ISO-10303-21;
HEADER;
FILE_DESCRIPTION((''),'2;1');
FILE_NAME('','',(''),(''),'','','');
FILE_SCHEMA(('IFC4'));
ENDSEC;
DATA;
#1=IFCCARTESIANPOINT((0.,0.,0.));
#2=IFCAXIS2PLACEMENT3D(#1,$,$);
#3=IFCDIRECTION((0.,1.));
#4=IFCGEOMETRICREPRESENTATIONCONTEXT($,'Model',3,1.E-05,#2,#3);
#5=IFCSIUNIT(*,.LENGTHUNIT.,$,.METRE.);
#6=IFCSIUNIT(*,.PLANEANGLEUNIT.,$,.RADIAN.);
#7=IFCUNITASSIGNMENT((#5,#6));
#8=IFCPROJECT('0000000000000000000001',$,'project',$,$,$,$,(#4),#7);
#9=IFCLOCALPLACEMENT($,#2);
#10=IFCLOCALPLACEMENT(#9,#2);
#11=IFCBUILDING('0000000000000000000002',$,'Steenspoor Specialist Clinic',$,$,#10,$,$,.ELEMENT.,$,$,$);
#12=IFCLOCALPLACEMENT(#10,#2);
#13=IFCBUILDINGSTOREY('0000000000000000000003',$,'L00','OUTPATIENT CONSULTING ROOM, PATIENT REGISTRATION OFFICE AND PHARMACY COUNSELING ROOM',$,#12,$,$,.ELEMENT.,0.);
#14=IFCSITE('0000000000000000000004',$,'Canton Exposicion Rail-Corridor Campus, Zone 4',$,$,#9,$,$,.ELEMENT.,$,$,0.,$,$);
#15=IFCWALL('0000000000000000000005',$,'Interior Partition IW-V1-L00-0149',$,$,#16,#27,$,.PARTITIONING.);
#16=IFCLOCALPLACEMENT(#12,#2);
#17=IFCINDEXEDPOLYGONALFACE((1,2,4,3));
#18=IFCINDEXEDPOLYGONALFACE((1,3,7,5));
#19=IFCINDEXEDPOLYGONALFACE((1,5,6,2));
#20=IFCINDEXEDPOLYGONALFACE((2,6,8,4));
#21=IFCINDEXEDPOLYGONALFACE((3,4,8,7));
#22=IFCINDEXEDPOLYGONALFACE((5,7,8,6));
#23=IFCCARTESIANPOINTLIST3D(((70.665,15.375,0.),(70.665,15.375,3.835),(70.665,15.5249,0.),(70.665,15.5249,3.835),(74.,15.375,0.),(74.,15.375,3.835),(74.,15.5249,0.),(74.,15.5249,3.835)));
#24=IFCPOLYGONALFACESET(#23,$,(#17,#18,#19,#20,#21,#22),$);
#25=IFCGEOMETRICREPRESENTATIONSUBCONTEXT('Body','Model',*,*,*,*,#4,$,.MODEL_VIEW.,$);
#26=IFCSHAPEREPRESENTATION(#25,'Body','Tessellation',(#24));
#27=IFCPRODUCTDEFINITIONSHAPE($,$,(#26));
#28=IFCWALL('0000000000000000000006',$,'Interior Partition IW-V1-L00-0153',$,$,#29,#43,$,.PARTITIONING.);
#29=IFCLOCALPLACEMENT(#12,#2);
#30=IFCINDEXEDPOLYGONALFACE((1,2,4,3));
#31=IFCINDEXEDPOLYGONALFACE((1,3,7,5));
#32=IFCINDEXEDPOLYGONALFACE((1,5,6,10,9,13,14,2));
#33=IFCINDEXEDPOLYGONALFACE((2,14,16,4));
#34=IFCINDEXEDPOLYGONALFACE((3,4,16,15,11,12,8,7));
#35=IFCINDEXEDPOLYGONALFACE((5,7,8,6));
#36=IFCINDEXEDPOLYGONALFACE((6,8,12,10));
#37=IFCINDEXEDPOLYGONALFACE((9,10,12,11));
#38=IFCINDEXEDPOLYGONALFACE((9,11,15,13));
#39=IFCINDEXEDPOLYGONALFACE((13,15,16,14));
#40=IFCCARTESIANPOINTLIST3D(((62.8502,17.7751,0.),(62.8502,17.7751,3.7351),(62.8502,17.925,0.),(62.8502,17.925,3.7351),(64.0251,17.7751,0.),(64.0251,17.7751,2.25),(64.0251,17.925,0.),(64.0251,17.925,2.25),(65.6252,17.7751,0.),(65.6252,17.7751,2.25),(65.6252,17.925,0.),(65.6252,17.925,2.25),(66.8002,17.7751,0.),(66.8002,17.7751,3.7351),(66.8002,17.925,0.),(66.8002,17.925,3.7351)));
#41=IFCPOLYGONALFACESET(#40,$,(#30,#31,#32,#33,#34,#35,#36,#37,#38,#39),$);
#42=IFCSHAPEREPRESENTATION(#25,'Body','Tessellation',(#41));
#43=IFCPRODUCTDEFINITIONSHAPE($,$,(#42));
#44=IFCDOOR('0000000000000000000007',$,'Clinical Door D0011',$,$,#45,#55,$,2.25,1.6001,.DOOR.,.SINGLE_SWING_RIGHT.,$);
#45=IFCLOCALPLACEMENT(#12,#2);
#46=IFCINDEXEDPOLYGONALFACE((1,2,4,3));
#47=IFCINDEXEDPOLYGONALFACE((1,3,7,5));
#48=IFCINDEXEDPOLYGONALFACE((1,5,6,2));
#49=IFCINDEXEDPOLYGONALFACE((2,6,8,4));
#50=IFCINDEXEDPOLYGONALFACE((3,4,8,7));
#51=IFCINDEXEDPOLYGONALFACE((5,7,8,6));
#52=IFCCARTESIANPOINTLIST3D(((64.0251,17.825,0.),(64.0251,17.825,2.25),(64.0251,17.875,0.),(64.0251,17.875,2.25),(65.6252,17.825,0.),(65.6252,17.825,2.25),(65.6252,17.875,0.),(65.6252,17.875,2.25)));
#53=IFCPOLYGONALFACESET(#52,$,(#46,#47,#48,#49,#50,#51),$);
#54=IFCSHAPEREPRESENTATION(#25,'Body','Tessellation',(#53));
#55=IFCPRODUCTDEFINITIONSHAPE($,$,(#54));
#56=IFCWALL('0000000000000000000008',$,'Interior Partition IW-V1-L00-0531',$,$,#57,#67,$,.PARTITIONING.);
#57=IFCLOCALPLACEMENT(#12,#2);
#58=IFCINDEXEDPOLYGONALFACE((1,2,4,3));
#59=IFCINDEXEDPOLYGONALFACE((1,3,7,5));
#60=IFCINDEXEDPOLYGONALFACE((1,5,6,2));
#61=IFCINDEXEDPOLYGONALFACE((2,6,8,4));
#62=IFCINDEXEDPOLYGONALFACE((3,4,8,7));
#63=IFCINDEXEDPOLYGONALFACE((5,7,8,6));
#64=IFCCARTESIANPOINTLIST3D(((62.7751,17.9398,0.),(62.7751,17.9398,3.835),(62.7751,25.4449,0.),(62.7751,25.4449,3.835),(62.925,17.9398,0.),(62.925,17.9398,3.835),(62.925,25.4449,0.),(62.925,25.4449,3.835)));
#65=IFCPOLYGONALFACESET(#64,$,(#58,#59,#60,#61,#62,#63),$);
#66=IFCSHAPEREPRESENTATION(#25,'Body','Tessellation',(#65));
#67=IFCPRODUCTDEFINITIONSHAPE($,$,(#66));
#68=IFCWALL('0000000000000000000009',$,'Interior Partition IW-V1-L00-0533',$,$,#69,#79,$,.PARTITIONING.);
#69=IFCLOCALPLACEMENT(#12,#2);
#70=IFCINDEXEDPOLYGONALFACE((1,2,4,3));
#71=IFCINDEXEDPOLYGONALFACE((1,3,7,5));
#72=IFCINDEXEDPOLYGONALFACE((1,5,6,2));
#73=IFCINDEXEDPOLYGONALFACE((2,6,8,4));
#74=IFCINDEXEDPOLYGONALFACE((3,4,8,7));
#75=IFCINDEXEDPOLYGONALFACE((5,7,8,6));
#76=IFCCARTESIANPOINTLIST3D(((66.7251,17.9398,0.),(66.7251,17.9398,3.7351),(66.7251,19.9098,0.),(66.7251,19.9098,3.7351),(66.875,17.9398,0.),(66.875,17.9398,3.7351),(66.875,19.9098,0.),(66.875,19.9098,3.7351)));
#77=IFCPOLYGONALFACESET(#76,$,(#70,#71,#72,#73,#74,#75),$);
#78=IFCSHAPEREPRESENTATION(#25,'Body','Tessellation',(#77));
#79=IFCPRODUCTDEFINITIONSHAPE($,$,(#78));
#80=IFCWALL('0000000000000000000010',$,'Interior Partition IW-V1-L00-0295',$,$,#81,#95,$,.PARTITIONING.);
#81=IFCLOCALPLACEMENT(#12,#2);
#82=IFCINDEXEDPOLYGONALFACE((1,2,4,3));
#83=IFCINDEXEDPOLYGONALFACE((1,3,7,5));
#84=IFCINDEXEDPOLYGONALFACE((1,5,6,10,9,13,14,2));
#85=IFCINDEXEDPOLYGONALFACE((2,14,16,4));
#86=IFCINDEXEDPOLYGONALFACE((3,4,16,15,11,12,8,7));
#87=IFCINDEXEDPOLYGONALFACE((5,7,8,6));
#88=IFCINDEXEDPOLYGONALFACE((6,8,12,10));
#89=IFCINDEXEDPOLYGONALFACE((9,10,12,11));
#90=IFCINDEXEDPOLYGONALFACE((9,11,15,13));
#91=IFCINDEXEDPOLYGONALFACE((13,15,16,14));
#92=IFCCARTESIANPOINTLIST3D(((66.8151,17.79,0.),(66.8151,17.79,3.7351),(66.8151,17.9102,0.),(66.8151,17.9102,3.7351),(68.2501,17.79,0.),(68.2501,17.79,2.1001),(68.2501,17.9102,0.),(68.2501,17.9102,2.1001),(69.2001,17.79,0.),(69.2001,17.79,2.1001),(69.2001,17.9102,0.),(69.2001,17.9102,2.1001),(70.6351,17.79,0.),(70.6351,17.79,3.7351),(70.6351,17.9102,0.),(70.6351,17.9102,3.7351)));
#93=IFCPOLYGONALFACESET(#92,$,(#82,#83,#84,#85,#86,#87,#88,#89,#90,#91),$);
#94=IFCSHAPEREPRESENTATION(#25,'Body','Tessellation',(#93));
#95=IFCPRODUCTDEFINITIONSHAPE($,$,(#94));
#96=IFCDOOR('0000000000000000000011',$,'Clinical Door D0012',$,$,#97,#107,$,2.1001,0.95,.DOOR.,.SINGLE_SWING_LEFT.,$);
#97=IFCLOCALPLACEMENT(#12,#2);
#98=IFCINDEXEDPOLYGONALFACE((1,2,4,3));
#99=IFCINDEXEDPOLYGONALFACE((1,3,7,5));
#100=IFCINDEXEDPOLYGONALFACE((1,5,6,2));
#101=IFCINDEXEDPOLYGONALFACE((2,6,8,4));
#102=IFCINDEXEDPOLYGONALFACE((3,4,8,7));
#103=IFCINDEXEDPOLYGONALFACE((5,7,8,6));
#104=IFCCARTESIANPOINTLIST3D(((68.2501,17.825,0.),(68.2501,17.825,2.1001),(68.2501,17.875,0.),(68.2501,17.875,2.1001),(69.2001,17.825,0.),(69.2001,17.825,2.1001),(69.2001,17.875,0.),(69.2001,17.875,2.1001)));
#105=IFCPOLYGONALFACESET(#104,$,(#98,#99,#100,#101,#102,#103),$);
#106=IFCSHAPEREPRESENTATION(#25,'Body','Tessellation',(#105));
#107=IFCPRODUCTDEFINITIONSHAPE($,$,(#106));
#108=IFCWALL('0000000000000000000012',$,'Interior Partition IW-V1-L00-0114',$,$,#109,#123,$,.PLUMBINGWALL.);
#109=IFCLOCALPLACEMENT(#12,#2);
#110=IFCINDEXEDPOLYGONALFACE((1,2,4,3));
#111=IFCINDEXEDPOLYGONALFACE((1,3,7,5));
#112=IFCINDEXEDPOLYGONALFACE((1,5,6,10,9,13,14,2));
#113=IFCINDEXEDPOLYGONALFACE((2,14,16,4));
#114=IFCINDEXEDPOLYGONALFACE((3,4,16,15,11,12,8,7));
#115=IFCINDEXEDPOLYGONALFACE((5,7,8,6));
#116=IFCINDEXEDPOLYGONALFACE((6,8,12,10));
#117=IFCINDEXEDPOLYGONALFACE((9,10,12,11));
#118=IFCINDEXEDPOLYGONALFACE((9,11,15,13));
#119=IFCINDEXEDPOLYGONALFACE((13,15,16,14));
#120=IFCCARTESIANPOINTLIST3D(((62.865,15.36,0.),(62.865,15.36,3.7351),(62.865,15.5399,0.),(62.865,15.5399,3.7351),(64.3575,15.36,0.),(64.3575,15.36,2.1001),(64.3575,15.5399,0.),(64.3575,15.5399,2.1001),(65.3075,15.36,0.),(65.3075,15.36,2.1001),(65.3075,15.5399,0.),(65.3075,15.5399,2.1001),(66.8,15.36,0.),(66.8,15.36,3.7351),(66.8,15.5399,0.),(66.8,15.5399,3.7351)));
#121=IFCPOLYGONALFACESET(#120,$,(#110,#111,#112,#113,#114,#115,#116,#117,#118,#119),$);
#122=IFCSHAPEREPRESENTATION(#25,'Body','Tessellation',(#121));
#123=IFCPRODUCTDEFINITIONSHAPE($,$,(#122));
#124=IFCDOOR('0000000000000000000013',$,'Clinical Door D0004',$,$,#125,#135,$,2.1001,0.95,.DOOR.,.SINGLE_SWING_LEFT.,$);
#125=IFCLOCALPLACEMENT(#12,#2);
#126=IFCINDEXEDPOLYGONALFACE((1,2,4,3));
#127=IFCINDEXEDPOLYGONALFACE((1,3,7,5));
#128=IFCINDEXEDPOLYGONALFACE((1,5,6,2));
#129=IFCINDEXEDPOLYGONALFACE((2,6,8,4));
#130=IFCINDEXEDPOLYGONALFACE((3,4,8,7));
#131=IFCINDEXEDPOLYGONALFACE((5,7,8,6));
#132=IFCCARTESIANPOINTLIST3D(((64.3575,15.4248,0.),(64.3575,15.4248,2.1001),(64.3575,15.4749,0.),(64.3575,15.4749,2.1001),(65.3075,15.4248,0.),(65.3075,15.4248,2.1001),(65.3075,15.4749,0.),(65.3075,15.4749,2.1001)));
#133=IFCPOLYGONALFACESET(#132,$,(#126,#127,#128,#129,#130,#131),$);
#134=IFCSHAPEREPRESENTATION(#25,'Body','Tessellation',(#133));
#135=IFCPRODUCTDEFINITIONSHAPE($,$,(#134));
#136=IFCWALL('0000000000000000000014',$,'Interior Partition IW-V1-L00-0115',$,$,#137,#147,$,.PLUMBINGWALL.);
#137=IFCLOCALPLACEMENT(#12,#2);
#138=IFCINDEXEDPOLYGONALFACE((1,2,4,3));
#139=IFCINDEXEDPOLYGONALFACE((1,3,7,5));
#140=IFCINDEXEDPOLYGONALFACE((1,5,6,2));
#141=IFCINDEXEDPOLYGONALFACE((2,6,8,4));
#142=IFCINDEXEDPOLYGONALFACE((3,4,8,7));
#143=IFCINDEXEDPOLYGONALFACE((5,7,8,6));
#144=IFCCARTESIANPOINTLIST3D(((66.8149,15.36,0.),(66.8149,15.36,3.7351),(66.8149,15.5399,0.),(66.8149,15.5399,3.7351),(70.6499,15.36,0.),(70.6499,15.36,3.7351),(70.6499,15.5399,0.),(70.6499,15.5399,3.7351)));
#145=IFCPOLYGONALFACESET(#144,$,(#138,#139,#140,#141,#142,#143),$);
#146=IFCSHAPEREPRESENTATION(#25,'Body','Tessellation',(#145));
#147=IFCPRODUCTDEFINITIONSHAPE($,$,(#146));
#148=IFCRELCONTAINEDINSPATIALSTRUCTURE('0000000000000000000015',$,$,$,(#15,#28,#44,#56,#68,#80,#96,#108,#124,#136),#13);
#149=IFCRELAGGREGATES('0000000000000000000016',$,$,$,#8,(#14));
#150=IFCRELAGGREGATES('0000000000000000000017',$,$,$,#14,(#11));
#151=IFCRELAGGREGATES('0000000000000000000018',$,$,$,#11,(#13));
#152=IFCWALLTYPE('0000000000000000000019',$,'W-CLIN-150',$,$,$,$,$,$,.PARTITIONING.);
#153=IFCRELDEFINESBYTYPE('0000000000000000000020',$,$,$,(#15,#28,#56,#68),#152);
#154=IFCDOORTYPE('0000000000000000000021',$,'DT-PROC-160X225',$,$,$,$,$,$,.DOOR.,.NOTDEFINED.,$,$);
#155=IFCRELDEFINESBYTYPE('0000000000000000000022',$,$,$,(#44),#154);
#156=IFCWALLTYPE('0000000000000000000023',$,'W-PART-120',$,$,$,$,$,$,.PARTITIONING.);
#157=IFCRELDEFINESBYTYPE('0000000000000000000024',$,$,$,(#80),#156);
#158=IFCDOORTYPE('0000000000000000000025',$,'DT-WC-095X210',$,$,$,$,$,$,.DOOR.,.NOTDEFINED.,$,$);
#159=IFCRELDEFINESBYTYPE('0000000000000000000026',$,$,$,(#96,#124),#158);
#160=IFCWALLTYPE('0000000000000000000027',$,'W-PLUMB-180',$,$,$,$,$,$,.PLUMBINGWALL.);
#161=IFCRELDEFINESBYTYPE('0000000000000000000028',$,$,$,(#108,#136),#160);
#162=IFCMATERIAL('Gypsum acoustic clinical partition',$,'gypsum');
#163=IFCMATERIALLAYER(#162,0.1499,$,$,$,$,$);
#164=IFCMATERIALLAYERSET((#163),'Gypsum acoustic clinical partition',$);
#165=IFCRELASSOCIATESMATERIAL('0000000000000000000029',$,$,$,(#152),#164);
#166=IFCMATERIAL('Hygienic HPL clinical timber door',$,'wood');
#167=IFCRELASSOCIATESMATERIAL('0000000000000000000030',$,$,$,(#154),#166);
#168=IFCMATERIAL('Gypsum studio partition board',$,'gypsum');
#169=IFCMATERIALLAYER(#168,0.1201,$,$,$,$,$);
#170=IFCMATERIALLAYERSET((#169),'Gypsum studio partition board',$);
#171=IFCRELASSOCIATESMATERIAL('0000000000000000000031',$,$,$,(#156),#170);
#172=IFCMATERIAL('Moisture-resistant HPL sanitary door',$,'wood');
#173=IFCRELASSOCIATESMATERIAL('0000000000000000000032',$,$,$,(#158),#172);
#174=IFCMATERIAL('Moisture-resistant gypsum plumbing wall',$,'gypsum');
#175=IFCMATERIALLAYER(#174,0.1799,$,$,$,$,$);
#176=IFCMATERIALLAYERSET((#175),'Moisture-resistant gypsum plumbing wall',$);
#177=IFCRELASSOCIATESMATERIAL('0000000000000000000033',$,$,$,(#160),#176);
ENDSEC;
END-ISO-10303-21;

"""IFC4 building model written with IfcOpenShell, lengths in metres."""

from ifc_helpers import new_model, si_unit, direction, frame, frame_2d, origin, place, context, subcontext, project, spatial, rectangle, extrude, material, layer, layer_set, type_object, element, fill, save


model = new_model("IFC4")

# Units and contexts
model_context = context("Model", 3, precision=1e-05, world=origin(), true_north=direction((0.0, 1.0)))
body_context = subcontext(model_context, "Body", "Model", "MODEL_VIEW")
ifc_project = project(units=[si_unit("LENGTHUNIT", "METRE"), si_unit("PLANEANGLEUNIT", "RADIAN")], contexts=[model_context])

# Site, building, storey
site_placement = place(None, origin())
site = spatial("IfcSite", under=ifc_project, at=site_placement, Name="Canton Exposicion Rail-Corridor Campus, Zone 4", CompositionType="ELEMENT", RefElevation=0.0)
building_placement = place(site_placement, origin())
building = spatial("IfcBuilding", under=site, at=building_placement, Name="Steenspoor Specialist Clinic", CompositionType="ELEMENT")
storey_placement = place(building_placement, origin())
storey = spatial("IfcBuildingStorey", under=building, at=storey_placement, Name="L00", Description="OUTPATIENT CONSULTING ROOM, PATIENT REGISTRATION OFFICE AND PHARMACY COUNSELING ROOM", CompositionType="ELEMENT", Elevation=0.0)

# Wall
ifc_material_1 = material(Name="Gypsum acoustic clinical partition", Category="gypsum")
ifc_layer_1 = layer(ifc_material_1, 0.1499)
ifc_layer_set_1 = layer_set([ifc_layer_1], Name="Gypsum acoustic clinical partition")
wall_type_1 = type_object("IfcWallType", Name="W-CLIN-150", PredefinedType="PARTITIONING", material=ifc_layer_set_1)
wall_1_placement = place(storey_placement, frame((70.665, 15.45, 0.0), z_axis=(0.0, 0.0, 1.0), x_axis=(1.0, 0.0, 0.0)))
element("IfcWall", 1, at=wall_1_placement, inside=storey, type_object=wall_type_1, Name="Interior Partition IW-V1-L00-0149", PredefinedType="PARTITIONING", context=body_context, shape_type="SweptSolid", body=[
    extrude(rectangle(XDim=3.335, YDim=0.1499, at=frame_2d((1.6675, 0.0))), origin(), (0.0, 0.0, 1.0), 3.835),
])

# Wall, opening, door
wall_2_placement = place(storey_placement, frame((62.8501, 17.8501, 0.0), z_axis=(0.0, 0.0, 1.0), x_axis=(1.0, 0.0, 0.0)))
wall_2 = element("IfcWall", 2, at=wall_2_placement, inside=storey, type_object=wall_type_1, Name="Interior Partition IW-V1-L00-0153", PredefinedType="PARTITIONING", context=body_context, shape_type="SweptSolid", body=[
    extrude(rectangle(XDim=3.95, YDim=0.1499, at=frame_2d((1.9751, 0.0))), origin(), (0.0, 0.0, 1.0), 3.7351),
])
opening_1_placement = place(wall_2_placement, frame((1.175, 0.0, 0.0)))
opening_1 = element("IfcOpeningElement", 3, at=opening_1_placement, cuts=wall_2, PredefinedType="OPENING", context=body_context, shape_type="SweptSolid", body=[
    extrude(rectangle(XDim=1.6001, YDim=2.25, at=frame_2d((0.8, 1.125))), frame((0.0, 0.085, 0.0), z_axis=(0.0, -1.0, 0.0), x_axis=(1.0, 0.0, 0.0)), (0.0, 0.0, 1.0), 0.1699),
])
ifc_material_2 = material(Name="Hygienic HPL clinical timber door", Category="wood")
door_type_1 = type_object("IfcDoorType", Name="DT-PROC-160X225", OperationType="NOTDEFINED", PredefinedType="DOOR", material=ifc_material_2)
door_1_placement = place(opening_1_placement, origin())
door_1 = element("IfcDoor", 4, at=door_1_placement, inside=storey, type_object=door_type_1, Name="Clinical Door D0011", OperationType="SINGLE_SWING_RIGHT", OverallHeight=2.25, OverallWidth=1.6001, PredefinedType="DOOR", context=body_context, shape_type="SweptSolid", body=[
    extrude(rectangle(XDim=1.6001, YDim=2.25, at=frame_2d((0.8, 1.125))), frame((0.0, 0.0249, 0.0), z_axis=(0.0, -1.0, 0.0), x_axis=(1.0, 0.0, 0.0)), (0.0, 0.0, 1.0), 0.05),
])
fill(opening_1, door_1)

# Walls
wall_3_placement = place(storey_placement, frame((62.8501, 17.9399, 0.0), z_axis=(0.0, 0.0, 1.0), x_axis=(0.0, 1.0, 0.0)))
element("IfcWall", 5, at=wall_3_placement, inside=storey, type_object=wall_type_1, Name="Interior Partition IW-V1-L00-0531", PredefinedType="PARTITIONING", context=body_context, shape_type="SweptSolid", body=[
    extrude(rectangle(XDim=7.5051, YDim=0.1499, at=frame_2d((3.7524, 0.0))), origin(), (0.0, 0.0, 1.0), 3.835),
])
wall_4_placement = place(storey_placement, frame((66.8, 17.9399, 0.0), z_axis=(0.0, 0.0, 1.0), x_axis=(0.0, 1.0, 0.0)))
element("IfcWall", 6, at=wall_4_placement, inside=storey, type_object=wall_type_1, Name="Interior Partition IW-V1-L00-0533", PredefinedType="PARTITIONING", context=body_context, shape_type="SweptSolid", body=[
    extrude(rectangle(XDim=1.97, YDim=0.1499, at=frame_2d((0.9849, 0.0))), origin(), (0.0, 0.0, 1.0), 3.7351),
])

# Walls, openings, doors
ifc_material_3 = material(Name="Gypsum studio partition board", Category="gypsum")
ifc_layer_2 = layer(ifc_material_3, 0.1201)
ifc_layer_set_2 = layer_set([ifc_layer_2], Name="Gypsum studio partition board")
wall_type_2 = type_object("IfcWallType", Name="W-PART-120", PredefinedType="PARTITIONING", material=ifc_layer_set_2)
wall_5_placement = place(storey_placement, frame((66.8149, 17.8501, 0.0), z_axis=(0.0, 0.0, 1.0), x_axis=(1.0, 0.0, 0.0)))
wall_5 = element("IfcWall", 7, at=wall_5_placement, inside=storey, type_object=wall_type_2, Name="Interior Partition IW-V1-L00-0295", PredefinedType="PARTITIONING", context=body_context, shape_type="SweptSolid", body=[
    extrude(rectangle(XDim=3.8201, YDim=0.1201, at=frame_2d((1.9102, 0.0))), origin(), (0.0, 0.0, 1.0), 3.7351),
])
opening_2_placement = place(wall_5_placement, frame((1.4351, 0.0, 0.0)))
opening_2 = element("IfcOpeningElement", 8, at=opening_2_placement, cuts=wall_5, PredefinedType="OPENING", context=body_context, shape_type="SweptSolid", body=[
    extrude(rectangle(XDim=0.95, YDim=2.1001, at=frame_2d((0.4751, 1.05))), frame((0.0, 0.0701, 0.0), z_axis=(0.0, -1.0, 0.0), x_axis=(1.0, 0.0, 0.0)), (0.0, 0.0, 1.0), 0.1401),
])
ifc_material_4 = material(Name="Moisture-resistant HPL sanitary door", Category="wood")
door_type_2 = type_object("IfcDoorType", Name="DT-WC-095X210", OperationType="NOTDEFINED", PredefinedType="DOOR", material=ifc_material_4)
door_2_placement = place(opening_2_placement, origin())
door_2 = element("IfcDoor", 9, at=door_2_placement, inside=storey, type_object=door_type_2, Name="Clinical Door D0012", OperationType="SINGLE_SWING_LEFT", OverallHeight=2.1001, OverallWidth=0.95, PredefinedType="DOOR", context=body_context, shape_type="SweptSolid", body=[
    extrude(rectangle(XDim=0.95, YDim=2.1001, at=frame_2d((0.4751, 1.05))), frame((0.0, 0.0249, 0.0), z_axis=(0.0, -1.0, 0.0), x_axis=(1.0, 0.0, 0.0)), (0.0, 0.0, 1.0), 0.05),
])
fill(opening_2, door_2)
ifc_material_5 = material(Name="Moisture-resistant gypsum plumbing wall", Category="gypsum")
ifc_layer_3 = layer(ifc_material_5, 0.1799)
ifc_layer_set_3 = layer_set([ifc_layer_3], Name="Moisture-resistant gypsum plumbing wall")
wall_type_3 = type_object("IfcWallType", Name="W-PLUMB-180", PredefinedType="PLUMBINGWALL", material=ifc_layer_set_3)
wall_6_placement = place(storey_placement, frame((62.865, 15.45, 0.0), z_axis=(0.0, 0.0, 1.0), x_axis=(1.0, 0.0, 0.0)))
wall_6 = element("IfcWall", 10, at=wall_6_placement, inside=storey, type_object=wall_type_3, Name="Interior Partition IW-V1-L00-0114", PredefinedType="PLUMBINGWALL", context=body_context, shape_type="SweptSolid", body=[
    extrude(rectangle(XDim=3.9351, YDim=0.1799, at=frame_2d((1.9675, 0.0))), origin(), (0.0, 0.0, 1.0), 3.7351),
])
opening_3_placement = place(wall_6_placement, frame((1.4924, 0.0, 0.0)))
opening_3 = element("IfcOpeningElement", 11, at=opening_3_placement, cuts=wall_6, PredefinedType="OPENING", context=body_context, shape_type="SweptSolid", body=[
    extrude(rectangle(XDim=0.95, YDim=2.1001, at=frame_2d((0.4751, 1.05))), frame((0.0, 0.1001, 0.0), z_axis=(0.0, -1.0, 0.0), x_axis=(1.0, 0.0, 0.0)), (0.0, 0.0, 1.0), 0.2),
])
door_3_placement = place(opening_3_placement, origin())
door_3 = element("IfcDoor", 12, at=door_3_placement, inside=storey, type_object=door_type_2, Name="Clinical Door D0004", OperationType="SINGLE_SWING_LEFT", OverallHeight=2.1001, OverallWidth=0.95, PredefinedType="DOOR", context=body_context, shape_type="SweptSolid", body=[
    extrude(rectangle(XDim=0.95, YDim=2.1001, at=frame_2d((0.4751, 1.05))), frame((0.0, 0.0249, 0.0), z_axis=(0.0, -1.0, 0.0), x_axis=(1.0, 0.0, 0.0)), (0.0, 0.0, 1.0), 0.05),
])
fill(opening_3, door_3)

# Wall
wall_7_placement = place(storey_placement, frame((66.8149, 15.45, 0.0), z_axis=(0.0, 0.0, 1.0), x_axis=(1.0, 0.0, 0.0)))
element("IfcWall", 13, at=wall_7_placement, inside=storey, type_object=wall_type_3, Name="Interior Partition IW-V1-L00-0115", PredefinedType="PLUMBINGWALL", context=body_context, shape_type="SweptSolid", body=[
    extrude(rectangle(XDim=3.835, YDim=0.1799, at=frame_2d((1.9175, 0.0))), origin(), (0.0, 0.0, 1.0), 3.7351),
])

save(model, "model.ifc")
